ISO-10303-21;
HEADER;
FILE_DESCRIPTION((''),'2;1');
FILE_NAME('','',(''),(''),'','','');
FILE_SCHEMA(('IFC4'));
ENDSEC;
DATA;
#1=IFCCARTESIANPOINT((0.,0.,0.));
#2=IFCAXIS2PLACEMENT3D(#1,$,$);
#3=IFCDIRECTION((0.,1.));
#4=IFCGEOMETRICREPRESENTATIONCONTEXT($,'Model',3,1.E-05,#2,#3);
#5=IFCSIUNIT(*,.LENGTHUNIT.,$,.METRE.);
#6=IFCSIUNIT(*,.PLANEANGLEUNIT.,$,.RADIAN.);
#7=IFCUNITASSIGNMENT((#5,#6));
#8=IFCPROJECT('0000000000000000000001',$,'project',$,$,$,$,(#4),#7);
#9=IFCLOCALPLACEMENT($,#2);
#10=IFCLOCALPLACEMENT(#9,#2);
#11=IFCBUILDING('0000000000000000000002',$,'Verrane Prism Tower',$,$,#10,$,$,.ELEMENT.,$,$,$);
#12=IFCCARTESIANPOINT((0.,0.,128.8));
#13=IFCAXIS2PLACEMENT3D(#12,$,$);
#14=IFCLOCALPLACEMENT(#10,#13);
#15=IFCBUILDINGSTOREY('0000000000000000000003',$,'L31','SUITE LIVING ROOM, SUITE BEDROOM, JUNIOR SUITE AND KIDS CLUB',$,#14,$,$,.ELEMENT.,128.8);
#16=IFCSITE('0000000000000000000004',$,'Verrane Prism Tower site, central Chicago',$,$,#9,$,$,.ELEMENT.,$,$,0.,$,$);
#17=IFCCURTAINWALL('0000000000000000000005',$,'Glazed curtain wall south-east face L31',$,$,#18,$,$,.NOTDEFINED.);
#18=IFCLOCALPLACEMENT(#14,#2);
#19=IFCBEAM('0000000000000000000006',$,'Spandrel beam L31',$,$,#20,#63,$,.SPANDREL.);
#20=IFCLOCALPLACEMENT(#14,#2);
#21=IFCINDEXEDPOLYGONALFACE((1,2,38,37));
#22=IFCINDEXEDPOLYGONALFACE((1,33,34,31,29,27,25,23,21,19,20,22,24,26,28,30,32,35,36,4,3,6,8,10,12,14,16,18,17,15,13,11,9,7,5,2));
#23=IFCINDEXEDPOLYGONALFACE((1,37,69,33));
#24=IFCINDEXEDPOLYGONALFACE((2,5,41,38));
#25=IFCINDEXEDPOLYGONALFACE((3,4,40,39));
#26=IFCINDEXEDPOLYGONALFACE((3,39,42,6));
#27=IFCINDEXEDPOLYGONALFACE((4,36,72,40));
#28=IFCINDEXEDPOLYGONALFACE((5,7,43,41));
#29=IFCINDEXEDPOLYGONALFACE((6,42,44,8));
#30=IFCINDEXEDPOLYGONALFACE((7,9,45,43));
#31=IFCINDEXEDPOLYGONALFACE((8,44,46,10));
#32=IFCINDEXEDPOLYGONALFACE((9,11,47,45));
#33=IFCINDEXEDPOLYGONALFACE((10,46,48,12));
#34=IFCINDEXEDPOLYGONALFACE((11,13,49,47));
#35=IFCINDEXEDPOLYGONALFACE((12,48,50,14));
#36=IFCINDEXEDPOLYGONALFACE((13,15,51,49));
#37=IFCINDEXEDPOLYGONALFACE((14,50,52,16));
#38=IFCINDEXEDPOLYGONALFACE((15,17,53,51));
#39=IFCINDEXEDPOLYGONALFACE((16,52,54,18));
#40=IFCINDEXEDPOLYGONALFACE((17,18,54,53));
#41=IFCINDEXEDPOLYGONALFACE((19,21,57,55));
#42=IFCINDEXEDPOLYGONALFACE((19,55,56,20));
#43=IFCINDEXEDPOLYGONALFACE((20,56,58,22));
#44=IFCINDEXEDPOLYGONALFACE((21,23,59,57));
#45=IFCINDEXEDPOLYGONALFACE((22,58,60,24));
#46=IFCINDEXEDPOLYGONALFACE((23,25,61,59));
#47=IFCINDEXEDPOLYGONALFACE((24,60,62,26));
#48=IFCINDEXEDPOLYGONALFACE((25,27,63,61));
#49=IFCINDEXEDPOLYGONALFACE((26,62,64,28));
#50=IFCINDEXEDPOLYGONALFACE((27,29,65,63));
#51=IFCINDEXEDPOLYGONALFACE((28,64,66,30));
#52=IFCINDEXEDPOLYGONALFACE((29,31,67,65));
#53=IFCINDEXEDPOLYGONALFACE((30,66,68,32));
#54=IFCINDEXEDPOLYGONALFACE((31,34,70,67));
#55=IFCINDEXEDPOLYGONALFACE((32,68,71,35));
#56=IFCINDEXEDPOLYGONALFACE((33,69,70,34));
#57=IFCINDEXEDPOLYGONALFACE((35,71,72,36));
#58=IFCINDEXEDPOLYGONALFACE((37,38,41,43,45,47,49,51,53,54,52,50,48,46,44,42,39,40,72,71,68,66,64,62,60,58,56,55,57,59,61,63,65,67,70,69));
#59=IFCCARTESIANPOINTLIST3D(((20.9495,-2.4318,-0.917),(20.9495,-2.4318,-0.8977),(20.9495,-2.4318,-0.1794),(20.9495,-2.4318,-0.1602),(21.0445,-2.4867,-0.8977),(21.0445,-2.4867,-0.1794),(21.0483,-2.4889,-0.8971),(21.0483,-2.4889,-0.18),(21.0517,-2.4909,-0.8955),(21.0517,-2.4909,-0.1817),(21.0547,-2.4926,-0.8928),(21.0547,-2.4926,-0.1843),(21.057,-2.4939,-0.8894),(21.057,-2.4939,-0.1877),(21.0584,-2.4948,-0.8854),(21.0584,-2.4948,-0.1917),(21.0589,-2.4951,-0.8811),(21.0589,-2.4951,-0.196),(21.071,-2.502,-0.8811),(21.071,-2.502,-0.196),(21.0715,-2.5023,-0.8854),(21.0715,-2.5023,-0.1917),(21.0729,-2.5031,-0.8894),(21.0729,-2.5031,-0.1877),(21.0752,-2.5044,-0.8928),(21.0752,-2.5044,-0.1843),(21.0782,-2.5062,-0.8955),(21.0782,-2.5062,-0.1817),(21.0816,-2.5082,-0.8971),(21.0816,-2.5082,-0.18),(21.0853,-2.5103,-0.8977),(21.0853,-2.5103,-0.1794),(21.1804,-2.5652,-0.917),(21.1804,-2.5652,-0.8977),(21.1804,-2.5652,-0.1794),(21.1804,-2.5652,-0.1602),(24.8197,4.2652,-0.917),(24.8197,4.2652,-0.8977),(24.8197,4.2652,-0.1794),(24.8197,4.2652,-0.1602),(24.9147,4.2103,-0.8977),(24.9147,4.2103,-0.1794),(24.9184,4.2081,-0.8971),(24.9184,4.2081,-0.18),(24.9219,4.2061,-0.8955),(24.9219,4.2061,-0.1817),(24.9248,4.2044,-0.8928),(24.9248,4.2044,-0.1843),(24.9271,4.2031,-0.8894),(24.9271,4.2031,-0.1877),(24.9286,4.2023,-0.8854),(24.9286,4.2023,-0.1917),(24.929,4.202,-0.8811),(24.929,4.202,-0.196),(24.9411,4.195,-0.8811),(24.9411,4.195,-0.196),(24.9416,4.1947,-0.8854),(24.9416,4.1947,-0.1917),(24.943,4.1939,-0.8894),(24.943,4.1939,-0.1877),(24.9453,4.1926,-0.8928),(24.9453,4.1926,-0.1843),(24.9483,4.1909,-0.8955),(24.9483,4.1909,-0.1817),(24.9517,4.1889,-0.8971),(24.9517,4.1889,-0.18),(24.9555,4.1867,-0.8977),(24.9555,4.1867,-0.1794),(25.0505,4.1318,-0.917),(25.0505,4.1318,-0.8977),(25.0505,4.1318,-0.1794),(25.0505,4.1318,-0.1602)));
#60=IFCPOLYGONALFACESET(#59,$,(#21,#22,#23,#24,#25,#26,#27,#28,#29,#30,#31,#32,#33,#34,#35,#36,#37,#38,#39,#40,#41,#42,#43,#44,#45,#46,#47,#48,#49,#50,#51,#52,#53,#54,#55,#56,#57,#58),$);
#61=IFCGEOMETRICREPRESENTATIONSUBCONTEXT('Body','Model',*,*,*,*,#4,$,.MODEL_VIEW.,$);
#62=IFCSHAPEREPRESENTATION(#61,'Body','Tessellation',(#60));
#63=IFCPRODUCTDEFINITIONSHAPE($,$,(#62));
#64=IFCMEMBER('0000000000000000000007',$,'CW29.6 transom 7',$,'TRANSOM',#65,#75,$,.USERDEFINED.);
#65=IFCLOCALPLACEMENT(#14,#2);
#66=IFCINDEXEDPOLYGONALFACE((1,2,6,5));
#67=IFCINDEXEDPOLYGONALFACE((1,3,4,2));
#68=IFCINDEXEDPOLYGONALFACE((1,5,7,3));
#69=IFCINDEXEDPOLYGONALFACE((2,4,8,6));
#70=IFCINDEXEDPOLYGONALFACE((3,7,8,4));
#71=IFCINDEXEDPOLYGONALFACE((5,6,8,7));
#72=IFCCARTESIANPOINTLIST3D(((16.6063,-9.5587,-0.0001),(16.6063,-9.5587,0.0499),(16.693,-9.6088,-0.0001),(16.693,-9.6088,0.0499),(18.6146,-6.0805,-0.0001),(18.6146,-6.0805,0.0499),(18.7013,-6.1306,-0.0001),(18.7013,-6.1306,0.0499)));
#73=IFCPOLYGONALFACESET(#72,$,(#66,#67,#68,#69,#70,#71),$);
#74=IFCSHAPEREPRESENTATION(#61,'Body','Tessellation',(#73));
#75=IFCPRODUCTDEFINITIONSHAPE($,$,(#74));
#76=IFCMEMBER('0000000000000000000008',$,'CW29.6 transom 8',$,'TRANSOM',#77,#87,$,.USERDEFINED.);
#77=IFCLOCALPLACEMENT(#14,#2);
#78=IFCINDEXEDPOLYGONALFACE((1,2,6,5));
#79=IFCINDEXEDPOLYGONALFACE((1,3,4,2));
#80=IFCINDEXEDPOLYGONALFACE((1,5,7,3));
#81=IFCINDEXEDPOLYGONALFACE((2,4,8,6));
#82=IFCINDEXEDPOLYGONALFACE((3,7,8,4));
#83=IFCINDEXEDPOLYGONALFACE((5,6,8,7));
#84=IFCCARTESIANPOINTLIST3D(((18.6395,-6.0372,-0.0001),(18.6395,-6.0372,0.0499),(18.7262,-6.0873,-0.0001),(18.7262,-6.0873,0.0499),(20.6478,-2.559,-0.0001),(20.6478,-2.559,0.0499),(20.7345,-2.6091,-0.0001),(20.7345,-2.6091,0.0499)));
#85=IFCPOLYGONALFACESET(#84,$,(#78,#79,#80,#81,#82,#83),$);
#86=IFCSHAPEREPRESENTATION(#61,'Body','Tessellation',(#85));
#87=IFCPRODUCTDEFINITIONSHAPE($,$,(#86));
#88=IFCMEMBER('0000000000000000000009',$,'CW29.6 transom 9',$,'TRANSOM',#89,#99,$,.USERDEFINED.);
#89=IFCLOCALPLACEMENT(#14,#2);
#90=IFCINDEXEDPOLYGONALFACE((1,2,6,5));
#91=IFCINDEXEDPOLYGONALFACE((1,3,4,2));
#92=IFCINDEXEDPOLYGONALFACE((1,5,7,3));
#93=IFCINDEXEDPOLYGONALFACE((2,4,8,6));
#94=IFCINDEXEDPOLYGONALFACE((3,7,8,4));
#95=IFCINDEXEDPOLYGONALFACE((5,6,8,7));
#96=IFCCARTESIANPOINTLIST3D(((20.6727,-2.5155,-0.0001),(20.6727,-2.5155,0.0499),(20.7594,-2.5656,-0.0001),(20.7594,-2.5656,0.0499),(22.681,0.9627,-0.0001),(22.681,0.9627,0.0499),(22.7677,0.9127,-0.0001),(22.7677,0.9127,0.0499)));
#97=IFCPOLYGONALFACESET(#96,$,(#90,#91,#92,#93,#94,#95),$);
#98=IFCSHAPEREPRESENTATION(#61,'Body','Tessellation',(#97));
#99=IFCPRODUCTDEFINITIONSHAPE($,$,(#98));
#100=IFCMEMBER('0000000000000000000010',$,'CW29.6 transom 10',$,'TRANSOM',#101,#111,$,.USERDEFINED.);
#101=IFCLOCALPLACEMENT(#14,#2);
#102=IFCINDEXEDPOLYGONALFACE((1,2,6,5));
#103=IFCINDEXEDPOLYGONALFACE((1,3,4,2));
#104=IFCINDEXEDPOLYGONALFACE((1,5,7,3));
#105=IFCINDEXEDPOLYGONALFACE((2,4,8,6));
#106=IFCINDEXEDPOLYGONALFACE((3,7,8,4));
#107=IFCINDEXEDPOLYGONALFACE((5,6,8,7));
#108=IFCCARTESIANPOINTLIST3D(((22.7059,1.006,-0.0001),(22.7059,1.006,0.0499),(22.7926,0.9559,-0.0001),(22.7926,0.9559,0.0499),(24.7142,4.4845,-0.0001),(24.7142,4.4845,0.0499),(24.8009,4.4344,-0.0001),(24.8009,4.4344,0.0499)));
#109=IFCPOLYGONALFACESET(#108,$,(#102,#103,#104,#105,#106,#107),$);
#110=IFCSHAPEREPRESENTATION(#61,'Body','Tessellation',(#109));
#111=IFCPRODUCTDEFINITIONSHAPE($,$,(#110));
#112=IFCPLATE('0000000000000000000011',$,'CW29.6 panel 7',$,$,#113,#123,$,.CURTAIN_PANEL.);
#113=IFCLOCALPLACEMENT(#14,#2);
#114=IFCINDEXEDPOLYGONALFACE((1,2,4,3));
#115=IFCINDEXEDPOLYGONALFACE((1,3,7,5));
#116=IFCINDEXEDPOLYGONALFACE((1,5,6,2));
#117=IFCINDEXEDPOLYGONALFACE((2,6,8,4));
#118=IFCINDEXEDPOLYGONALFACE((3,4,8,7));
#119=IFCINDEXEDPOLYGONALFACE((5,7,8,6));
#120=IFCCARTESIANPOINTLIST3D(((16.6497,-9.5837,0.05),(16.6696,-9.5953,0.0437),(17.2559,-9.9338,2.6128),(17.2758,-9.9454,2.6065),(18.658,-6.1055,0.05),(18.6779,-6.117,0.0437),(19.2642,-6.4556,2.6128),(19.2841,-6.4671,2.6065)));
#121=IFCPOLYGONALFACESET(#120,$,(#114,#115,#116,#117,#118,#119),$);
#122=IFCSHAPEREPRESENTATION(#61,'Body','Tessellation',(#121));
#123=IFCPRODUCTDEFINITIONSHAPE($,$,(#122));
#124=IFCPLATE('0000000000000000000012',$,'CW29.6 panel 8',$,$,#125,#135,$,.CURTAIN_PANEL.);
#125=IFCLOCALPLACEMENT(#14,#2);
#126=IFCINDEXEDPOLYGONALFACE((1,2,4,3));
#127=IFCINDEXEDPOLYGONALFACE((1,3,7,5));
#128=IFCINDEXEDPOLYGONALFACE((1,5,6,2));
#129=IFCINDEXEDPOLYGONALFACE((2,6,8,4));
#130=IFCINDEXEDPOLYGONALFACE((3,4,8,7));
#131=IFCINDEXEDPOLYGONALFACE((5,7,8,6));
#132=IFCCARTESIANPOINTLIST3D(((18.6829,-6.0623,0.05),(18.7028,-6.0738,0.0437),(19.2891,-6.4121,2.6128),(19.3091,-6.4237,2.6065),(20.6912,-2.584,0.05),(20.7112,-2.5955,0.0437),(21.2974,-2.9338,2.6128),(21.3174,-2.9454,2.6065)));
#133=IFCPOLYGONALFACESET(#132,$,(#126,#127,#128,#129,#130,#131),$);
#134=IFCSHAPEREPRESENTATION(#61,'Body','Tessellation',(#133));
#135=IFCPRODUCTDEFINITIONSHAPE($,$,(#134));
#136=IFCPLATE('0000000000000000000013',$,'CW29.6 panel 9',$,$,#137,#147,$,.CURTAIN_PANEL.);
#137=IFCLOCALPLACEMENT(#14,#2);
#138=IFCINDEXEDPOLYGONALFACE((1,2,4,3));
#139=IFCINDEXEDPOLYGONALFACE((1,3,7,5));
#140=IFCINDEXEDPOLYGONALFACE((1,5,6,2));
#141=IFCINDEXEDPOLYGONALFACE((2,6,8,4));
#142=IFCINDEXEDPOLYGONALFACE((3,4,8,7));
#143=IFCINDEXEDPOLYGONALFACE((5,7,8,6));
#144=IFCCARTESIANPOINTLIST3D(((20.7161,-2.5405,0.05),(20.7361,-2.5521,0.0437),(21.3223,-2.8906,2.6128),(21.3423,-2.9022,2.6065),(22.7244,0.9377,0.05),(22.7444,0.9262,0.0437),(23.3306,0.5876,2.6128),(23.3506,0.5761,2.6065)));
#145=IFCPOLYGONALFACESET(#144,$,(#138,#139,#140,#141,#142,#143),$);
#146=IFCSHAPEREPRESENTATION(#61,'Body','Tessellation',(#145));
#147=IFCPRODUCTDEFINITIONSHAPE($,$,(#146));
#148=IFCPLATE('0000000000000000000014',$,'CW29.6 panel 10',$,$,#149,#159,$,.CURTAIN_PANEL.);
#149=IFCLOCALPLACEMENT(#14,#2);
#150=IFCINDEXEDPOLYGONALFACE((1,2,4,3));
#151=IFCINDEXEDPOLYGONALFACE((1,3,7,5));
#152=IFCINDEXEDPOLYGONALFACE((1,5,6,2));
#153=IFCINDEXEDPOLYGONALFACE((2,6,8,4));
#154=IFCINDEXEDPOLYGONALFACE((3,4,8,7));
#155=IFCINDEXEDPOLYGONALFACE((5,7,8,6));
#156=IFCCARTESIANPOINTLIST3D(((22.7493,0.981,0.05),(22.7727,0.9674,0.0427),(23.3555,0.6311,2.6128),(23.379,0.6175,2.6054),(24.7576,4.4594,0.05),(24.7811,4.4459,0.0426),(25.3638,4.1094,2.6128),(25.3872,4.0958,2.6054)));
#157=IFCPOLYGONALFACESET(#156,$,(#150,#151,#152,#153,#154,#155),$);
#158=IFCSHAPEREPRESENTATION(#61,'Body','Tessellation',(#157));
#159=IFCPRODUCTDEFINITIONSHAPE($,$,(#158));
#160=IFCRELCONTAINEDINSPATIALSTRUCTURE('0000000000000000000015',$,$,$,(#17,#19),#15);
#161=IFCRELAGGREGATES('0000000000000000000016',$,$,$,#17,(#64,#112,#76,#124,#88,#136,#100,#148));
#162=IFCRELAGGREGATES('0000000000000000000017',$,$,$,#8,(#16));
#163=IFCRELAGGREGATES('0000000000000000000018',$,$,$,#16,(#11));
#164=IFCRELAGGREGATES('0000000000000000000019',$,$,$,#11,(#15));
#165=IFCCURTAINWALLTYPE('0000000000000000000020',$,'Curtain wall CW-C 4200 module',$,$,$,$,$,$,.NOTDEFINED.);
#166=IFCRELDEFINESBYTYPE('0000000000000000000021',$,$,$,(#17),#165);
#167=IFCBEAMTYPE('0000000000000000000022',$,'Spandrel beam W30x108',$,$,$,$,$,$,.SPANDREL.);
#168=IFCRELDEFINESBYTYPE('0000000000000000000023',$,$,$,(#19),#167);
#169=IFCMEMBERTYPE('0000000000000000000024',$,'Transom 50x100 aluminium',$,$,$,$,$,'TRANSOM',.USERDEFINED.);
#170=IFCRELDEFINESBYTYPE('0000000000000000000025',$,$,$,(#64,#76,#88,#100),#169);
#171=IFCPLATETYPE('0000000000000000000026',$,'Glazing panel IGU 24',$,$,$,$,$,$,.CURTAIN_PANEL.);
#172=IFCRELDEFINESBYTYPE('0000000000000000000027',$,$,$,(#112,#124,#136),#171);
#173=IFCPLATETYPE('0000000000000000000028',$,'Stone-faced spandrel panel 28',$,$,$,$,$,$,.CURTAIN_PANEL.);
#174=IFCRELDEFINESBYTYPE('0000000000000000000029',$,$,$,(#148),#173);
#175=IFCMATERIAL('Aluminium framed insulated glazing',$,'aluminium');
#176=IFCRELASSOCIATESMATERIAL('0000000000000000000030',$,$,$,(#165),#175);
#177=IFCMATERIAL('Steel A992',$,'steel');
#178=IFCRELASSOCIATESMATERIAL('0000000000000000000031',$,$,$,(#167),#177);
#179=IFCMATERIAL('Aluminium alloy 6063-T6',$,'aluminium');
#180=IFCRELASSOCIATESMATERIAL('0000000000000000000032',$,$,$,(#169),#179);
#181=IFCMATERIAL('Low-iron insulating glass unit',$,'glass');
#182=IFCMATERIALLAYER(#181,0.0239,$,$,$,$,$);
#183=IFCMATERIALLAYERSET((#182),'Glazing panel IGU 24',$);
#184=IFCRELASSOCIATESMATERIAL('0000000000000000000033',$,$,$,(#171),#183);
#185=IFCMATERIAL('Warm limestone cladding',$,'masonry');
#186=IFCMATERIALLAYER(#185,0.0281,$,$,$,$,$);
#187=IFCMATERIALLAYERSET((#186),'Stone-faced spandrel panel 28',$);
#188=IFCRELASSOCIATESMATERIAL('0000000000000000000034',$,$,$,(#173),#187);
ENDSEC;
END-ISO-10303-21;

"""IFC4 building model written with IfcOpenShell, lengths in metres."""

from ifc_helpers import new_model, si_unit, direction, frame, origin, origin_2d, place, context, subcontext, project, spatial, polyline, rectangle, i_section, outline, extrude, material, layer, layer_set, material_profile, profile_set, type_object, element, aggregate, save


model = new_model("IFC4")

# Units and contexts
model_context = context("Model", 3, precision=1e-05, world=origin(), true_north=direction((0.0, 1.0)))
body_context = subcontext(model_context, "Body", "Model", "MODEL_VIEW")
ifc_project = project(units=[si_unit("LENGTHUNIT", "METRE"), si_unit("PLANEANGLEUNIT", "RADIAN")], contexts=[model_context])

# Site, building, storey
site_placement = place(None, origin())
site = spatial("IfcSite", under=ifc_project, at=site_placement, Name="Verrane Prism Tower site, central Chicago", CompositionType="ELEMENT", RefElevation=0.0)
building_placement = place(site_placement, origin())
building = spatial("IfcBuilding", under=site, at=building_placement, Name="Verrane Prism Tower", CompositionType="ELEMENT")
storey_placement = place(building_placement, frame((0.0, 0.0, 128.8)))
storey = spatial("IfcBuildingStorey", under=building, at=storey_placement, Name="L31", Description="SUITE LIVING ROOM, SUITE BEDROOM, JUNIOR SUITE AND KIDS CLUB", CompositionType="ELEMENT", Elevation=128.8)

# Curtain wall
ifc_material_1 = material(Name="Aluminium framed insulated glazing", Category="aluminium")
curtain_wall_type = type_object("IfcCurtainWallType", Name="Curtain wall CW-C 4200 module", PredefinedType="NOTDEFINED", material=ifc_material_1)
curtain_wall_placement = place(storey_placement, origin())
curtain_wall = element("IfcCurtainWall", 1, at=curtain_wall_placement, inside=storey, type_object=curtain_wall_type, Name="Glazed curtain wall south-east face L31", PredefinedType="NOTDEFINED")

# Beam
ifc_material_2 = material(Name="Steel A992", Category="steel")
ifc_material_profile_1 = material_profile(ifc_material_2, i_section(OverallWidth=0.2666, OverallDepth=0.7568, WebThickness=0.0139, FlangeThickness=0.0193, FilletRadius=0.0166, at=origin_2d()), Name="W30x108")
ifc_profile_set_1 = profile_set([ifc_material_profile_1], Name="Steel A992")
beam_type_1 = type_object("IfcBeamType", Name="Spandrel beam W30x108", PredefinedType="SPANDREL", material=ifc_profile_set_1)
beam_1_placement = place(storey_placement, frame((21.0649, -2.4985, -0.5386), z_axis=(0.500348, 0.865824, 0.0), x_axis=(-0.865824, 0.500348, 0.0)))
element("IfcBeam", 2, at=beam_1_placement, inside=storey, type_object=beam_type_1, Name="Spandrel beam L31", PredefinedType="SPANDREL", context=body_context, shape_type="SweptSolid", body=[
    extrude(i_section(OverallWidth=0.2666, OverallDepth=0.7568, WebThickness=0.0139, FlangeThickness=0.0193, FilletRadius=0.0166, at=origin_2d()), origin(), (0.0, 0.0, 1.0), 7.7349),
])

# Members
ifc_material_3 = material(Name="Aluminium alloy 6063-T6", Category="aluminium")
ifc_material_profile_2 = material_profile(ifc_material_3, rectangle(XDim=0.1001, YDim=0.05, at=origin_2d()), Name="Transom 50x100 aluminium")
ifc_profile_set_2 = profile_set([ifc_material_profile_2], Name="Aluminium alloy 6063-T6")
member_type_1 = type_object("IfcMemberType", Name="Transom 50x100 aluminium", ElementType="TRANSOM", PredefinedType="USERDEFINED", material=ifc_profile_set_2)
member_1_placement = place(storey_placement, frame((16.6497, -9.5837, 0.0249), z_axis=(0.500022, 0.866012, 0.0), x_axis=(-0.866012, 0.500022, 0.0)))
member_1 = element("IfcMember", 3, at=member_1_placement, type_object=member_type_1, Name="CW29.6 transom 7", ObjectType="TRANSOM", PredefinedType="USERDEFINED", context=body_context, shape_type="SweptSolid", body=[
    extrude(rectangle(XDim=0.1001, YDim=0.05, at=origin_2d()), origin(), (0.0, 0.0, 1.0), 4.0164),
])
member_2_placement = place(storey_placement, frame((18.6829, -6.0623, 0.0249), z_axis=(0.500022, 0.866012, 0.0), x_axis=(-0.866012, 0.500022, 0.0)))
member_2 = element("IfcMember", 4, at=member_2_placement, type_object=member_type_1, Name="CW29.6 transom 8", ObjectType="TRANSOM", PredefinedType="USERDEFINED", context=body_context, shape_type="SweptSolid", body=[
    extrude(rectangle(XDim=0.1001, YDim=0.05, at=origin_2d()), origin(), (0.0, 0.0, 1.0), 4.0164),
])
member_3_placement = place(storey_placement, frame((20.7161, -2.5405, 0.0249), z_axis=(0.500022, 0.866012, 0.0), x_axis=(-0.866012, 0.500022, 0.0)))
member_3 = element("IfcMember", 5, at=member_3_placement, type_object=member_type_1, Name="CW29.6 transom 9", ObjectType="TRANSOM", PredefinedType="USERDEFINED", context=body_context, shape_type="SweptSolid", body=[
    extrude(rectangle(XDim=0.1001, YDim=0.05, at=origin_2d()), origin(), (0.0, 0.0, 1.0), 4.0164),
])
member_4_placement = place(storey_placement, frame((22.7493, 0.981, 0.0249), z_axis=(0.499996, 0.866028, 0.0), x_axis=(-0.866028, 0.499996, 0.0)))
member_4 = element("IfcMember", 6, at=member_4_placement, type_object=member_type_1, Name="CW29.6 transom 10", ObjectType="TRANSOM", PredefinedType="USERDEFINED", context=body_context, shape_type="SweptSolid", body=[
    extrude(rectangle(XDim=0.1001, YDim=0.05, at=origin_2d()), origin(), (0.0, 0.0, 1.0), 4.0166),
])

# Plates
ifc_material_4 = material(Name="Low-iron insulating glass unit", Category="glass")
ifc_layer_1 = layer(ifc_material_4, 0.0239)
ifc_layer_set_1 = layer_set([ifc_layer_1], Name="Glazing panel IGU 24")
plate_type_1 = type_object("IfcPlateType", Name="Glazing panel IGU 24", PredefinedType="CURTAIN_PANEL", material=ifc_layer_set_1)
plate_1_placement = place(storey_placement, frame((16.6497, -9.5837, 0.05), z_axis=(-0.835406, 0.482351, 0.263504), x_axis=(0.500022, 0.866012, 0.0)))
plate_1 = element("IfcPlate", 7, at=plate_1_placement, type_object=plate_type_1, Name="CW29.6 panel 7", PredefinedType="CURTAIN_PANEL", context=body_context, shape_type="SweptSolid", body=[
    extrude(outline(polyline([(0.0, 0.0), (4.0164, 0.0), (4.0163, -2.6566), (-0.0001, -2.6566), (0.0, 0.0)])), origin(), (0.0, 0.0, -1.0), 0.0239),
])
plate_2_placement = place(storey_placement, frame((18.6829, -6.0623, 0.05), z_axis=(-0.835416, 0.482357, 0.263461), x_axis=(0.500022, 0.866012, 0.0)))
plate_2 = element("IfcPlate", 8, at=plate_2_placement, type_object=plate_type_1, Name="CW29.6 panel 8", PredefinedType="CURTAIN_PANEL", context=body_context, shape_type="SweptSolid", body=[
    extrude(outline(polyline([(0.0, 0.0), (4.0164, 0.0), (4.0166, -2.6566), (0.0001, -2.6566), (0.0, 0.0)])), origin(), (0.0, 0.0, -1.0), 0.0239),
])
plate_3_placement = place(storey_placement, frame((20.7161, -2.5405, 0.05), z_axis=(-0.835406, 0.482351, 0.263504), x_axis=(0.500022, 0.866012, 0.0)))
plate_3 = element("IfcPlate", 9, at=plate_3_placement, type_object=plate_type_1, Name="CW29.6 panel 9", PredefinedType="CURTAIN_PANEL", context=body_context, shape_type="SweptSolid", body=[
    extrude(outline(polyline([(0.0, 0.0), (4.0164, 0.0), (4.0163, -2.6566), (-0.0001, -2.6566), (0.0, 0.0)])), origin(), (0.0, 0.0, -1.0), 0.0239),
])
ifc_material_5 = material(Name="Warm limestone cladding", Category="masonry")
ifc_layer_2 = layer(ifc_material_5, 0.0281)
ifc_layer_set_2 = layer_set([ifc_layer_2], Name="Stone-faced spandrel panel 28")
plate_type_2 = type_object("IfcPlateType", Name="Stone-faced spandrel panel 28", PredefinedType="CURTAIN_PANEL", material=ifc_layer_set_2)
plate_4_placement = place(storey_placement, frame((22.7493, 0.981, 0.05), z_axis=(-0.835418, 0.482341, 0.263483), x_axis=(0.500008, 0.866021, -0.000004)))
plate_4 = element("IfcPlate", 10, at=plate_4_placement, type_object=plate_type_2, Name="CW29.6 panel 10", PredefinedType="CURTAIN_PANEL", context=body_context, shape_type="SweptSolid", body=[
    extrude(outline(polyline([(0.0, 0.0), (4.0166, 0.0), (4.0165, -2.6566), (0.0001, -2.6566), (0.0, 0.0)])), origin(), (0.0, 0.0, -1.0), 0.0281),
])
aggregate(curtain_wall, [member_1, plate_1, member_2, plate_2, member_3, plate_3, member_4, plate_4])

save(model, "model.ifc")
